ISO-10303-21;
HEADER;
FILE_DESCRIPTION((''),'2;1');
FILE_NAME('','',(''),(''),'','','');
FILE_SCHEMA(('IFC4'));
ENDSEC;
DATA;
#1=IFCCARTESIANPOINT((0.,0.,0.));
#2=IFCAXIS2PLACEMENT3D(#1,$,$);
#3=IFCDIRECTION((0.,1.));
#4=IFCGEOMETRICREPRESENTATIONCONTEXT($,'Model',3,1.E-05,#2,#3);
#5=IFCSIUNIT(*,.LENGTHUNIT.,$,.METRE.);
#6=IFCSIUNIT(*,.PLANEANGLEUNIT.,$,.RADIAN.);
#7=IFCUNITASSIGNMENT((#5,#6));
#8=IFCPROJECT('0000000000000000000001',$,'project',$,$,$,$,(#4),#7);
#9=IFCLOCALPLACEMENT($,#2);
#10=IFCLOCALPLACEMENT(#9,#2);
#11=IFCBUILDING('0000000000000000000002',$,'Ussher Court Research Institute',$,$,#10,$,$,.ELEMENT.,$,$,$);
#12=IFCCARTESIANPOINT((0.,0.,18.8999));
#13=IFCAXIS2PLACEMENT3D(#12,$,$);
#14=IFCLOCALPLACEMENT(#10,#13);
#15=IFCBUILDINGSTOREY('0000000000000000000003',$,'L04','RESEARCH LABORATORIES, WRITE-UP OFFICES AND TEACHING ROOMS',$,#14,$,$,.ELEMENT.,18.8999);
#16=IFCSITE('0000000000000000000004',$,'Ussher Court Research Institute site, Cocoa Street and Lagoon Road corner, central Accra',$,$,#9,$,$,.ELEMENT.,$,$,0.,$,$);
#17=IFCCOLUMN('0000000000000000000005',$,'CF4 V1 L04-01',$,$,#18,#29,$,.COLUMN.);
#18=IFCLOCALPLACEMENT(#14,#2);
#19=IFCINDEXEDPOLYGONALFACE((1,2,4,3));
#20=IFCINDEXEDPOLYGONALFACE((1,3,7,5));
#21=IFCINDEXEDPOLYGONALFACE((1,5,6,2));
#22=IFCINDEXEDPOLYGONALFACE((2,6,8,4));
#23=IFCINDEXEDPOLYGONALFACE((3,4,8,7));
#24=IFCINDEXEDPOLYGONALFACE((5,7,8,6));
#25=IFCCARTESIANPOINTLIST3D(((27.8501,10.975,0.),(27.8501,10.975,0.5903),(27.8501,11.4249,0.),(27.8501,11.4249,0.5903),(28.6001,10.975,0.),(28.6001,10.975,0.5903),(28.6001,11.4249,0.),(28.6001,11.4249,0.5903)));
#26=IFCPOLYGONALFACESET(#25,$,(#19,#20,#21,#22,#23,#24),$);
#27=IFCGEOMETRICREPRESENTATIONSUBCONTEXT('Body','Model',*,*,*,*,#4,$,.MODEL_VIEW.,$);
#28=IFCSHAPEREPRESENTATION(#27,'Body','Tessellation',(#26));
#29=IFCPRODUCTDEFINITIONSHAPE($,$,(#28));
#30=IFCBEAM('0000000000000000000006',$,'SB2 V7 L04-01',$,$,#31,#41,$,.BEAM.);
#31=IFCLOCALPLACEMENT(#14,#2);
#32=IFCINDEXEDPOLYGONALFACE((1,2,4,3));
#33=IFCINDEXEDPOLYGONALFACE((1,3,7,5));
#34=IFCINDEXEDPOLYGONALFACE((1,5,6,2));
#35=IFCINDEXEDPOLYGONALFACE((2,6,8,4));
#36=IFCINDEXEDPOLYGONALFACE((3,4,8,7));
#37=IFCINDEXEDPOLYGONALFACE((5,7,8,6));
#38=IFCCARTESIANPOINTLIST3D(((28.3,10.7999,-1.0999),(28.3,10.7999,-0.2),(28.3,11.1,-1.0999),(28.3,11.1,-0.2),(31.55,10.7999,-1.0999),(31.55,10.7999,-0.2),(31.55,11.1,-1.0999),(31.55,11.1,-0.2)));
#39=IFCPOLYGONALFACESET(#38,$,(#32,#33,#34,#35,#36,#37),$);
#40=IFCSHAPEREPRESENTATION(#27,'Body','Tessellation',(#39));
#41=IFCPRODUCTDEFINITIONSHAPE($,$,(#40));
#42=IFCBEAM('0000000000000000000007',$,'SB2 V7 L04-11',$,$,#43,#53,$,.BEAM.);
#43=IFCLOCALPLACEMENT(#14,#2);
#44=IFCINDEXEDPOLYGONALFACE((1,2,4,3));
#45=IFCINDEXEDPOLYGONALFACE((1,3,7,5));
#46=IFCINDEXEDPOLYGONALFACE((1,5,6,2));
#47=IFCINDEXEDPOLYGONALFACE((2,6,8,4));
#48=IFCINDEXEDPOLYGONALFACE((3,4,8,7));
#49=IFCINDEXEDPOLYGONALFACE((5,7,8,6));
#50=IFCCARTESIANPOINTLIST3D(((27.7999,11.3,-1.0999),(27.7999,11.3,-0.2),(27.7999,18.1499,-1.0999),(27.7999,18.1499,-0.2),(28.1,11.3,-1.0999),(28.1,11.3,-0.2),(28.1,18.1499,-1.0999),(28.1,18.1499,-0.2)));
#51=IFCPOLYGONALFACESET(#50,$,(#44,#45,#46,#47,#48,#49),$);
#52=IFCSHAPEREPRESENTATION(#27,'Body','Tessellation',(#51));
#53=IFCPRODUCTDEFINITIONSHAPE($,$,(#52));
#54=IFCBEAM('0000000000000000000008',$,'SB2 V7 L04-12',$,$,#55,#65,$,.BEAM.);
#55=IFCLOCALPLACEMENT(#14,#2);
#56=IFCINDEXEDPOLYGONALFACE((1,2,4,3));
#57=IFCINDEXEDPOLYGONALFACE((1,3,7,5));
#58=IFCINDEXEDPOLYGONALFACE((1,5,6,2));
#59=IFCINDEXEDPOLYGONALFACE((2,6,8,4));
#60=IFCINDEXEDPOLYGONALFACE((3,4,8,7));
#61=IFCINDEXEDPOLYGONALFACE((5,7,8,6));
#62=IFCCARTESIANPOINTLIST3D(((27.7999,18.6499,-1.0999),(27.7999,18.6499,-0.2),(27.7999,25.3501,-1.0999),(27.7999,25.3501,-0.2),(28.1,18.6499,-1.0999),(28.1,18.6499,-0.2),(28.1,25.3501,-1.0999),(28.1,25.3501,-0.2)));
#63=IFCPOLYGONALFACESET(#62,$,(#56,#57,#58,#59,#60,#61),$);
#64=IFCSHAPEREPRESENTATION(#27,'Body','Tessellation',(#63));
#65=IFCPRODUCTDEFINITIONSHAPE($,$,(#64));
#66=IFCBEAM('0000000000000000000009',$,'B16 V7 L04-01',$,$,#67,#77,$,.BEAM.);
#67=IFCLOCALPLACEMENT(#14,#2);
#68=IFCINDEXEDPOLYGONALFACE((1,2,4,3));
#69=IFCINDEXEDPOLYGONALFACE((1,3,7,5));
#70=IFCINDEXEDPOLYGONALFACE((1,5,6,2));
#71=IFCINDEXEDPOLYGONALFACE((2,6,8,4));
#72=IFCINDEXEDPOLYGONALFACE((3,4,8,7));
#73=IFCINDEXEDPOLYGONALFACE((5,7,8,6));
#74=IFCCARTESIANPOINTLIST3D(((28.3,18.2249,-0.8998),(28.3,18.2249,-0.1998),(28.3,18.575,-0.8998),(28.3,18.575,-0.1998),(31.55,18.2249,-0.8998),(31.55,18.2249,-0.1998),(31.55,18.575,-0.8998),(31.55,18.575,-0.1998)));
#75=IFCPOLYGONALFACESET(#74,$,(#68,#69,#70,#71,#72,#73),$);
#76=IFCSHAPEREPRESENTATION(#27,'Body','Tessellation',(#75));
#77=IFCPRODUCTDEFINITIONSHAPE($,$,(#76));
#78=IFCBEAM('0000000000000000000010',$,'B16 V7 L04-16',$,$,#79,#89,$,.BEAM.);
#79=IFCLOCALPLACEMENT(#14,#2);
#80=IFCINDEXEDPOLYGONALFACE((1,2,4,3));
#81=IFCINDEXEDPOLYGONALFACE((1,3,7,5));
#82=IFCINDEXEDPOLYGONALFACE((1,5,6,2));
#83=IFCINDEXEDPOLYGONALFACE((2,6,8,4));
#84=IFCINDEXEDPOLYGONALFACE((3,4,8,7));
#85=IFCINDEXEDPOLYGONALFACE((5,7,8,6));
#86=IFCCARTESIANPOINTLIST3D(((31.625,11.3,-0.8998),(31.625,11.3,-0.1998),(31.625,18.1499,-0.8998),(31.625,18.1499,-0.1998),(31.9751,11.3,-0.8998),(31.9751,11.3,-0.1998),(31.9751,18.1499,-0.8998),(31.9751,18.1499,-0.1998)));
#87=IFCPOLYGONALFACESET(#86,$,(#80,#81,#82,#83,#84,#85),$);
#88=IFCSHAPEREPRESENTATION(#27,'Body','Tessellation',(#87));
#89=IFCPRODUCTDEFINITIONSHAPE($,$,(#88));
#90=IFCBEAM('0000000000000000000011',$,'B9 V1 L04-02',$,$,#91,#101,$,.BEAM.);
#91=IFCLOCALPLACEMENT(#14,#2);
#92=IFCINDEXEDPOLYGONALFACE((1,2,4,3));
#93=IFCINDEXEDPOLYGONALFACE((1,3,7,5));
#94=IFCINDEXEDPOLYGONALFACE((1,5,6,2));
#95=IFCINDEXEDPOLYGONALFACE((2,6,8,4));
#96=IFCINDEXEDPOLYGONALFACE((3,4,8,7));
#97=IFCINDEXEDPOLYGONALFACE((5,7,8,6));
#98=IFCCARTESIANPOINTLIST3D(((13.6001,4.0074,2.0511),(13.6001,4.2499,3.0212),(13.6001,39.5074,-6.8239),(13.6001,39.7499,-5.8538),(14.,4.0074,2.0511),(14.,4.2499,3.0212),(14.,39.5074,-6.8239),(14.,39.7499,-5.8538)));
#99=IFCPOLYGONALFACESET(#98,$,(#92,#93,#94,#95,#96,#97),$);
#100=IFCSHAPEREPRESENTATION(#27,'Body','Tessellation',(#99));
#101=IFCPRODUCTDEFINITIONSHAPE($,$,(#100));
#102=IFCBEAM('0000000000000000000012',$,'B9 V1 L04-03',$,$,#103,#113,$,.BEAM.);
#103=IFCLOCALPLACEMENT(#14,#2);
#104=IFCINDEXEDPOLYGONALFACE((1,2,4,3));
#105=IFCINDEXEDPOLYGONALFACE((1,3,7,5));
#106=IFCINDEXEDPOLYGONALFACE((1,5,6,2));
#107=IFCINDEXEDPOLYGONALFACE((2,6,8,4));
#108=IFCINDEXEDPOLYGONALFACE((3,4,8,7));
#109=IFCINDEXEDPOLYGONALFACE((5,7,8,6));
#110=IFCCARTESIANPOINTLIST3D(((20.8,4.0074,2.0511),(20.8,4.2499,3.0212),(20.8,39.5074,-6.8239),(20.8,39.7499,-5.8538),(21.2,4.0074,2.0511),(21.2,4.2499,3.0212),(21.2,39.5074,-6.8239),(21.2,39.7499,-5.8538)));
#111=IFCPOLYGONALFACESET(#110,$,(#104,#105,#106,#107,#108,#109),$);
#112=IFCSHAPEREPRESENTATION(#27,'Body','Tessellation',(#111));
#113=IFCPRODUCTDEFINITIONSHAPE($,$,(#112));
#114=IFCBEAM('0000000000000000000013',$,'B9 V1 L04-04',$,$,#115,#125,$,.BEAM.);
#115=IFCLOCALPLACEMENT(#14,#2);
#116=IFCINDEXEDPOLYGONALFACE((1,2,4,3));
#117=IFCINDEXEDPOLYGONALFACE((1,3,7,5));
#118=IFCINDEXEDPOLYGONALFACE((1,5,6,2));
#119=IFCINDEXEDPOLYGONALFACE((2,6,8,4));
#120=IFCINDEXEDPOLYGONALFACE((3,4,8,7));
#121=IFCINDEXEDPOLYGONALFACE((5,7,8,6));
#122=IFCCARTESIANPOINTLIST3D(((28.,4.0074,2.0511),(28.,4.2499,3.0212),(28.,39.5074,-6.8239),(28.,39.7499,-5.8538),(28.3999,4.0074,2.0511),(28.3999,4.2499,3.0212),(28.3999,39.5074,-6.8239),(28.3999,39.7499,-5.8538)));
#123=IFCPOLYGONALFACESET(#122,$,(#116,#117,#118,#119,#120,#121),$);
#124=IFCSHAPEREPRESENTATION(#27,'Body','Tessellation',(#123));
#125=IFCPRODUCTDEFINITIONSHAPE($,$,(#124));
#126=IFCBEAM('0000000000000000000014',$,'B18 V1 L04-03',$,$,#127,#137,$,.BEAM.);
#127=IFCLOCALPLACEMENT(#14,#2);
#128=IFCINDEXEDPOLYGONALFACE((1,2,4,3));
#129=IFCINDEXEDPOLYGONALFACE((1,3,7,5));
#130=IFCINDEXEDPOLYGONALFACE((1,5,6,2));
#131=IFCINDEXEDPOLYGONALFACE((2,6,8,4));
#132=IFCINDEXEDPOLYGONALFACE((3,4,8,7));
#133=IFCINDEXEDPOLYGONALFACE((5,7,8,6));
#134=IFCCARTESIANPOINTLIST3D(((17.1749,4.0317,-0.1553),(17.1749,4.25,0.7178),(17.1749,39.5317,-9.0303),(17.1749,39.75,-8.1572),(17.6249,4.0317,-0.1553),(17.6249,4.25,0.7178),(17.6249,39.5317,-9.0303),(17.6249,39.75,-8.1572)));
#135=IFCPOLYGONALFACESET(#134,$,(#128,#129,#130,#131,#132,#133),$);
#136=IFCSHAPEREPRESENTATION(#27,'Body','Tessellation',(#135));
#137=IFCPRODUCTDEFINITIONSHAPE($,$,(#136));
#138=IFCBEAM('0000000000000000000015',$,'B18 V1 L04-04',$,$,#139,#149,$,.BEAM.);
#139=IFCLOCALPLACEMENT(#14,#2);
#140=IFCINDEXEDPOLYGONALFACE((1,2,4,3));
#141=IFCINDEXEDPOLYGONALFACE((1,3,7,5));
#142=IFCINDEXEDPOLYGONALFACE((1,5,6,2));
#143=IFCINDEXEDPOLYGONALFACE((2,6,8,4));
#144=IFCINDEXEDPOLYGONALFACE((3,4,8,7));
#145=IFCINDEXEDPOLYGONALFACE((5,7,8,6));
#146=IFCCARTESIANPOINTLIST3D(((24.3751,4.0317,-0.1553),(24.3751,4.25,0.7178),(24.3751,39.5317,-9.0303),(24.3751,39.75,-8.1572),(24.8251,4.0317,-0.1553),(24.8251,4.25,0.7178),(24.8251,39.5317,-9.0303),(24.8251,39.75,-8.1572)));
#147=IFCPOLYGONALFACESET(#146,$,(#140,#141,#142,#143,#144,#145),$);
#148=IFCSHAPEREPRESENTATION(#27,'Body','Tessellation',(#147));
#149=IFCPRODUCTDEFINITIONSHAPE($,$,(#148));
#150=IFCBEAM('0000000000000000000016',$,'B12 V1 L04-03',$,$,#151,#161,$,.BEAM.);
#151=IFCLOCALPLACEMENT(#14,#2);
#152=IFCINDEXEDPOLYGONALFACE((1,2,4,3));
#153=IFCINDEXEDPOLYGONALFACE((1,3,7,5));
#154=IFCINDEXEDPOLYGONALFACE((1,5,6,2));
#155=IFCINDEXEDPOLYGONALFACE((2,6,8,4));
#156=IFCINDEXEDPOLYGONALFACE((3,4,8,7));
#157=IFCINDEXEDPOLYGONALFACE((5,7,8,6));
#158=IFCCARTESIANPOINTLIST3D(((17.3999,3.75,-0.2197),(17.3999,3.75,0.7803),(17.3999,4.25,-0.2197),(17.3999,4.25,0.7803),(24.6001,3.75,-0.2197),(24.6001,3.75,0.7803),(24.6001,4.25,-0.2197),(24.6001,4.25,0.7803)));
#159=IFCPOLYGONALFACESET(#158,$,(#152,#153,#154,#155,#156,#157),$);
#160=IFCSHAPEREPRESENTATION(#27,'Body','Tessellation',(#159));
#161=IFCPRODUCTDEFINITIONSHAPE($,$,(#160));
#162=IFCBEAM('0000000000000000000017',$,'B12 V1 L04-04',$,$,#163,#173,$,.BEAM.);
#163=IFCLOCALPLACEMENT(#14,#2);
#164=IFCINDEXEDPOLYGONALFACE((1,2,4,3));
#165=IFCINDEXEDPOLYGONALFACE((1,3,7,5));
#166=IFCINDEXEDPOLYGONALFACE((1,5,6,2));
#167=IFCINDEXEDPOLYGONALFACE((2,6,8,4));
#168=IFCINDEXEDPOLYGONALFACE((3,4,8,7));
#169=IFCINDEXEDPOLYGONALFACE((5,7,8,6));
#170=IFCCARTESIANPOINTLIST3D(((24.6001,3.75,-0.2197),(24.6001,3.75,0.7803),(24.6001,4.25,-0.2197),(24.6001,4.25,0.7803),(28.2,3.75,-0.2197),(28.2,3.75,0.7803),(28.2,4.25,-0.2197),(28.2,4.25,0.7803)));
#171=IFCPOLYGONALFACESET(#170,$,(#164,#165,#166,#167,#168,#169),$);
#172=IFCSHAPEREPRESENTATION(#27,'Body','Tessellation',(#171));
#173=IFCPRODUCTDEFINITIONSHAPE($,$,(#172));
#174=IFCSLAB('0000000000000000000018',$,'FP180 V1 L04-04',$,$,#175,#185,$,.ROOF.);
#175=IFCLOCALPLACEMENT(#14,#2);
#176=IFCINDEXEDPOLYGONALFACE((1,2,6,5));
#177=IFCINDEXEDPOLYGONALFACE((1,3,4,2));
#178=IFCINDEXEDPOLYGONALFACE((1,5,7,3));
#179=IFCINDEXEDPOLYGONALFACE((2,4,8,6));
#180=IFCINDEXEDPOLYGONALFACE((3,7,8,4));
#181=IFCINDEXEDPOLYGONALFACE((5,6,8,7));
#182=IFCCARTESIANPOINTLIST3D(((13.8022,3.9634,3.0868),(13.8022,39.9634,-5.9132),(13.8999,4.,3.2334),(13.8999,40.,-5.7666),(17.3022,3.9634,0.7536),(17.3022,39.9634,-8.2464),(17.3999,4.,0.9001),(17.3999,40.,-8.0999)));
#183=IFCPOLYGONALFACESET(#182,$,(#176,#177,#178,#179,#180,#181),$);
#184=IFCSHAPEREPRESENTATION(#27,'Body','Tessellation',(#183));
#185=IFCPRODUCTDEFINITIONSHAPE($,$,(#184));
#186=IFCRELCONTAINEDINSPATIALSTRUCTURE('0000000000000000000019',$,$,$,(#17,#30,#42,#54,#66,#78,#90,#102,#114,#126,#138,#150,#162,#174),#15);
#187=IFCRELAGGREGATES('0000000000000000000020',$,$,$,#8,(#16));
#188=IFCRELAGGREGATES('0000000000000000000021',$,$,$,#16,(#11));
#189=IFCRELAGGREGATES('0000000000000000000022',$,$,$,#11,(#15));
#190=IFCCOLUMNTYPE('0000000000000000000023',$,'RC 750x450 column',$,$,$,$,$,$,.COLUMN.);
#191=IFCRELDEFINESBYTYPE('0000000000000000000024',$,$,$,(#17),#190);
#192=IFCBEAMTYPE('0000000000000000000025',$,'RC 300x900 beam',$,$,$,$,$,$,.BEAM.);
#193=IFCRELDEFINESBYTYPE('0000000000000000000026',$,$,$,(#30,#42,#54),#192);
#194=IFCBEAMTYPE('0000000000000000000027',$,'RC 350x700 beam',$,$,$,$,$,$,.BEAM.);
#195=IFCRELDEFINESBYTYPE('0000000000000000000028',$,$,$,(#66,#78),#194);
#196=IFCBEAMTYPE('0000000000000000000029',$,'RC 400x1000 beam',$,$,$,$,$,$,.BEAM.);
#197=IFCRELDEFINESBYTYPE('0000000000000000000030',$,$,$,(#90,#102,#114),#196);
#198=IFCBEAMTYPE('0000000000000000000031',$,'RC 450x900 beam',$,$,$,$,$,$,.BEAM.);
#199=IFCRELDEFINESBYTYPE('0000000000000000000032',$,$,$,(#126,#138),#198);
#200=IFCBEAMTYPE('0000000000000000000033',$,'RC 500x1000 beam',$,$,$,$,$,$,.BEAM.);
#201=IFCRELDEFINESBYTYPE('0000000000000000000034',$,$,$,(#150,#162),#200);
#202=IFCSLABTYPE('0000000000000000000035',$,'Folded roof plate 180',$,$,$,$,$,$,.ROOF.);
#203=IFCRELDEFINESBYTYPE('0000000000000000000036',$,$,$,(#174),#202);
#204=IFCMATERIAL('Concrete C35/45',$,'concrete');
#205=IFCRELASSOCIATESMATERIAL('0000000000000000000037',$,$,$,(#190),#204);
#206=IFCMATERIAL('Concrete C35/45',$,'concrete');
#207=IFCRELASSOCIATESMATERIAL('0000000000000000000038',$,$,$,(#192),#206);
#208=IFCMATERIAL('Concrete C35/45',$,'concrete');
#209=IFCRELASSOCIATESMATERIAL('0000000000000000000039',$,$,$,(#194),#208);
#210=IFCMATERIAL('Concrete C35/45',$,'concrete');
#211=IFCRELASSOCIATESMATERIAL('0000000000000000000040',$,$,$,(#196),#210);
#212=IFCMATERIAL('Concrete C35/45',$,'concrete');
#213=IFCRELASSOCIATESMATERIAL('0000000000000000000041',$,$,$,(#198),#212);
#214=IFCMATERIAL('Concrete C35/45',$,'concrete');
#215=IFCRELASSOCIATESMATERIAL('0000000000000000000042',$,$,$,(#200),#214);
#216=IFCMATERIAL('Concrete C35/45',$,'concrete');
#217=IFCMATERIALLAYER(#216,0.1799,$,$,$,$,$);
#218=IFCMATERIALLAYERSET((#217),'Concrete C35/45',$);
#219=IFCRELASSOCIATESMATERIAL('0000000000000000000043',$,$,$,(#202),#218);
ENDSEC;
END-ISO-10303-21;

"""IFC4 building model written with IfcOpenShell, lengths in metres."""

from ifc_helpers import new_model, si_unit, direction, frame, origin, origin_2d, place, context, subcontext, project, spatial, polyline, rectangle, outline, extrude, material, layer, layer_set, material_profile, profile_set, type_object, element, save


model = new_model("IFC4")

# Units and contexts
model_context = context("Model", 3, precision=1e-05, world=origin(), true_north=direction((0.0, 1.0)))
body_context = subcontext(model_context, "Body", "Model", "MODEL_VIEW")
ifc_project = project(units=[si_unit("LENGTHUNIT", "METRE"), si_unit("PLANEANGLEUNIT", "RADIAN")], contexts=[model_context])

# Site, building, storey
site_placement = place(None, origin())
site = spatial("IfcSite", under=ifc_project, at=site_placement, Name="Ussher Court Research Institute site, Cocoa Street and Lagoon Road corner, central Accra", CompositionType="ELEMENT", RefElevation=0.0)
building_placement = place(site_placement, origin())
building = spatial("IfcBuilding", under=site, at=building_placement, Name="Ussher Court Research Institute", CompositionType="ELEMENT")
storey_placement = place(building_placement, frame((0.0, 0.0, 18.8999)))
storey = spatial("IfcBuildingStorey", under=building, at=storey_placement, Name="L04", Description="RESEARCH LABORATORIES, WRITE-UP OFFICES AND TEACHING ROOMS", CompositionType="ELEMENT", Elevation=18.8999)

# Column
ifc_material_1 = material(Name="Concrete C35/45", Category="concrete")
ifc_material_profile_1 = material_profile(ifc_material_1, rectangle(XDim=0.75, YDim=0.45, at=origin_2d()), Name="RC 750x450")
ifc_profile_set_1 = profile_set([ifc_material_profile_1], Name="Concrete C35/45")
column_type = type_object("IfcColumnType", Name="RC 750x450 column", PredefinedType="COLUMN", material=ifc_profile_set_1)
column_placement = place(storey_placement, frame((28.2251, 11.2, 0.0), z_axis=(0.0, 0.0, 1.0), x_axis=(1.0, 0.0, 0.0)))
element("IfcColumn", 1, at=column_placement, inside=storey, type_object=column_type, Name="CF4 V1 L04-01", PredefinedType="COLUMN", context=body_context, shape_type="SweptSolid", body=[
    extrude(rectangle(XDim=0.75, YDim=0.45, at=origin_2d()), origin(), (0.0, 0.0, 1.0), 0.5903),
])

# Beams
ifc_material_2 = material(Name="Concrete C35/45", Category="concrete")
ifc_material_profile_2 = material_profile(ifc_material_2, rectangle(XDim=0.3, YDim=0.8999, at=origin_2d()), Name="RC 300x900")
ifc_profile_set_2 = profile_set([ifc_material_profile_2], Name="Concrete C35/45")
beam_type_1 = type_object("IfcBeamType", Name="RC 300x900 beam", PredefinedType="BEAM", material=ifc_profile_set_2)
beam_1_placement = place(storey_placement, frame((28.3, 10.95, -0.6499), z_axis=(1.0, 0.0, 0.0), x_axis=(0.0, 1.0, 0.0)))
element("IfcBeam", 2, at=beam_1_placement, inside=storey, type_object=beam_type_1, Name="SB2 V7 L04-01", PredefinedType="BEAM", context=body_context, shape_type="SweptSolid", body=[
    extrude(rectangle(XDim=0.3, YDim=0.8999, at=origin_2d()), origin(), (0.0, 0.0, 1.0), 3.25),
])
beam_2_placement = place(storey_placement, frame((27.95, 11.3, -0.6499), z_axis=(0.0, 1.0, 0.0), x_axis=(-1.0, 0.0, 0.0)))
element("IfcBeam", 3, at=beam_2_placement, inside=storey, type_object=beam_type_1, Name="SB2 V7 L04-11", PredefinedType="BEAM", context=body_context, shape_type="SweptSolid", body=[
    extrude(rectangle(XDim=0.3, YDim=0.8999, at=origin_2d()), origin(), (0.0, 0.0, 1.0), 6.8499),
])
beam_3_placement = place(storey_placement, frame((27.95, 18.6499, -0.6499), z_axis=(0.0, 1.0, 0.0), x_axis=(-1.0, 0.0, 0.0)))
element("IfcBeam", 4, at=beam_3_placement, inside=storey, type_object=beam_type_1, Name="SB2 V7 L04-12", PredefinedType="BEAM", context=body_context, shape_type="SweptSolid", body=[
    extrude(rectangle(XDim=0.3, YDim=0.8999, at=origin_2d()), origin(), (0.0, 0.0, 1.0), 6.7002),
])
ifc_material_3 = material(Name="Concrete C35/45", Category="concrete")
ifc_material_profile_3 = material_profile(ifc_material_3, rectangle(XDim=0.3501, YDim=0.7, at=origin_2d()), Name="RC 350x700")
ifc_profile_set_3 = profile_set([ifc_material_profile_3], Name="Concrete C35/45")
beam_type_2 = type_object("IfcBeamType", Name="RC 350x700 beam", PredefinedType="BEAM", material=ifc_profile_set_3)
beam_4_placement = place(storey_placement, frame((28.3, 18.3999, -0.5498), z_axis=(1.0, 0.0, 0.0), x_axis=(0.0, 1.0, 0.0)))
element("IfcBeam", 5, at=beam_4_placement, inside=storey, type_object=beam_type_2, Name="B16 V7 L04-01", PredefinedType="BEAM", context=body_context, shape_type="SweptSolid", body=[
    extrude(rectangle(XDim=0.3501, YDim=0.7, at=origin_2d()), origin(), (0.0, 0.0, 1.0), 3.25),
])
beam_5_placement = place(storey_placement, frame((31.8, 11.3, -0.5498), z_axis=(0.0, 1.0, 0.0), x_axis=(-1.0, 0.0, 0.0)))
element("IfcBeam", 6, at=beam_5_placement, inside=storey, type_object=beam_type_2, Name="B16 V7 L04-16", PredefinedType="BEAM", context=body_context, shape_type="SweptSolid", body=[
    extrude(rectangle(XDim=0.3501, YDim=0.7, at=origin_2d()), origin(), (0.0, 0.0, 1.0), 6.8499),
])
ifc_material_4 = material(Name="Concrete C35/45", Category="concrete")
ifc_material_profile_4 = material_profile(ifc_material_4, rectangle(XDim=0.3999, YDim=1.0, at=origin_2d()), Name="RC 400x1000")
ifc_profile_set_4 = profile_set([ifc_material_profile_4], Name="Concrete C35/45")
beam_type_3 = type_object("IfcBeamType", Name="RC 400x1000 beam", PredefinedType="BEAM", material=ifc_profile_set_4)
for number, where, z_axis, x_axis, name in (
    (7, (13.8, 4.1287, 2.5361), (0.0, 0.970143, -0.242536), (-1.0, 0.0, 0.0), "B9 V1 L04-02"),
    (8, (21.0, 4.1287, 2.5361), (0.0, 0.970143, -0.242536), (-1.0, 0.0, 0.0), "B9 V1 L04-03"),
    (9, (28.2, 4.1287, 2.5361), (0.0, 0.970143, -0.242536), (-1.0, 0.0, 0.0), "B9 V1 L04-04"),
):
    element("IfcBeam", number, at=place(storey_placement, frame(where, z_axis=z_axis, x_axis=x_axis)), inside=storey, type_object=beam_type_3, Name=name, PredefinedType="BEAM", context=body_context, shape_type="SweptSolid", body=[
        extrude(rectangle(XDim=0.3999, YDim=1.0, at=origin_2d()), origin(), (0.0, 0.0, 1.0), 36.5925),
    ])
ifc_material_5 = material(Name="Concrete C35/45", Category="concrete")
ifc_material_profile_5 = material_profile(ifc_material_5, rectangle(XDim=0.45, YDim=0.8999, at=origin_2d()), Name="RC 450x900")
ifc_profile_set_5 = profile_set([ifc_material_profile_5], Name="Concrete C35/45")
beam_type_4 = type_object("IfcBeamType", Name="RC 450x900 beam", PredefinedType="BEAM", material=ifc_profile_set_5)
for number, where, z_axis, x_axis, name in (
    (10, (17.3999, 4.1409, 0.2812), (0.0, 0.970143, -0.242536), (-1.0, 0.0, 0.0), "B18 V1 L04-03"),
    (11, (24.6001, 4.1409, 0.2812), (0.0, 0.970143, -0.242536), (-1.0, 0.0, 0.0), "B18 V1 L04-04"),
):
    element("IfcBeam", number, at=place(storey_placement, frame(where, z_axis=z_axis, x_axis=x_axis)), inside=storey, type_object=beam_type_4, Name=name, PredefinedType="BEAM", context=body_context, shape_type="SweptSolid", body=[
        extrude(rectangle(XDim=0.45, YDim=0.8999, at=origin_2d()), origin(), (0.0, 0.0, 1.0), 36.5925),
    ])
ifc_material_6 = material(Name="Concrete C35/45", Category="concrete")
ifc_material_profile_6 = material_profile(ifc_material_6, rectangle(XDim=0.5, YDim=1.0, at=origin_2d()), Name="RC 500x1000")
ifc_profile_set_6 = profile_set([ifc_material_profile_6], Name="Concrete C35/45")
beam_type_5 = type_object("IfcBeamType", Name="RC 500x1000 beam", PredefinedType="BEAM", material=ifc_profile_set_6)
beam_6_placement = place(storey_placement, frame((17.3999, 4.0, 0.2803), z_axis=(1.0, 0.0, 0.0), x_axis=(0.0, 1.0, 0.0)))
element("IfcBeam", 12, at=beam_6_placement, inside=storey, type_object=beam_type_5, Name="B12 V1 L04-03", PredefinedType="BEAM", context=body_context, shape_type="SweptSolid", body=[
    extrude(rectangle(XDim=0.5, YDim=1.0, at=origin_2d()), origin(), (0.0, 0.0, 1.0), 7.2002),
])
beam_7_placement = place(storey_placement, frame((24.6001, 4.0, 0.2803), z_axis=(1.0, 0.0, 0.0), x_axis=(0.0, 1.0, 0.0)))
element("IfcBeam", 13, at=beam_7_placement, inside=storey, type_object=beam_type_5, Name="B12 V1 L04-04", PredefinedType="BEAM", context=body_context, shape_type="SweptSolid", body=[
    extrude(rectangle(XDim=0.5, YDim=1.0, at=origin_2d()), origin(), (0.0, 0.0, 1.0), 3.5999),
])

# Slab
ifc_material_7 = material(Name="Concrete C35/45", Category="concrete")
ifc_layer_1 = layer(ifc_material_7, 0.1799)
ifc_layer_set_1 = layer_set([ifc_layer_1], Name="Concrete C35/45")
slab_type = type_object("IfcSlabType", Name="Folded roof plate 180", PredefinedType="ROOF", material=ifc_layer_set_1)
slab_1_placement = place(storey_placement, frame((17.3999, 4.0, 0.9001), z_axis=(0.543062, 0.203655, 0.814621), x_axis=(0.0, 0.970143, -0.242536)))
element("IfcSlab", 14, at=slab_1_placement, inside=storey, type_object=slab_type, Name="FP180 V1 L04-04", PredefinedType="ROOF", context=body_context, shape_type="SweptSolid", body=[
    extrude(outline(polyline([(0.0, 0.0), (37.108, 0.0), (36.5421, 4.1682), (-0.5659, 4.1682), (0.0, 0.0)])), origin(), (0.0, 0.0, -1.0), 0.1799),
])

save(model, "model.ifc")
